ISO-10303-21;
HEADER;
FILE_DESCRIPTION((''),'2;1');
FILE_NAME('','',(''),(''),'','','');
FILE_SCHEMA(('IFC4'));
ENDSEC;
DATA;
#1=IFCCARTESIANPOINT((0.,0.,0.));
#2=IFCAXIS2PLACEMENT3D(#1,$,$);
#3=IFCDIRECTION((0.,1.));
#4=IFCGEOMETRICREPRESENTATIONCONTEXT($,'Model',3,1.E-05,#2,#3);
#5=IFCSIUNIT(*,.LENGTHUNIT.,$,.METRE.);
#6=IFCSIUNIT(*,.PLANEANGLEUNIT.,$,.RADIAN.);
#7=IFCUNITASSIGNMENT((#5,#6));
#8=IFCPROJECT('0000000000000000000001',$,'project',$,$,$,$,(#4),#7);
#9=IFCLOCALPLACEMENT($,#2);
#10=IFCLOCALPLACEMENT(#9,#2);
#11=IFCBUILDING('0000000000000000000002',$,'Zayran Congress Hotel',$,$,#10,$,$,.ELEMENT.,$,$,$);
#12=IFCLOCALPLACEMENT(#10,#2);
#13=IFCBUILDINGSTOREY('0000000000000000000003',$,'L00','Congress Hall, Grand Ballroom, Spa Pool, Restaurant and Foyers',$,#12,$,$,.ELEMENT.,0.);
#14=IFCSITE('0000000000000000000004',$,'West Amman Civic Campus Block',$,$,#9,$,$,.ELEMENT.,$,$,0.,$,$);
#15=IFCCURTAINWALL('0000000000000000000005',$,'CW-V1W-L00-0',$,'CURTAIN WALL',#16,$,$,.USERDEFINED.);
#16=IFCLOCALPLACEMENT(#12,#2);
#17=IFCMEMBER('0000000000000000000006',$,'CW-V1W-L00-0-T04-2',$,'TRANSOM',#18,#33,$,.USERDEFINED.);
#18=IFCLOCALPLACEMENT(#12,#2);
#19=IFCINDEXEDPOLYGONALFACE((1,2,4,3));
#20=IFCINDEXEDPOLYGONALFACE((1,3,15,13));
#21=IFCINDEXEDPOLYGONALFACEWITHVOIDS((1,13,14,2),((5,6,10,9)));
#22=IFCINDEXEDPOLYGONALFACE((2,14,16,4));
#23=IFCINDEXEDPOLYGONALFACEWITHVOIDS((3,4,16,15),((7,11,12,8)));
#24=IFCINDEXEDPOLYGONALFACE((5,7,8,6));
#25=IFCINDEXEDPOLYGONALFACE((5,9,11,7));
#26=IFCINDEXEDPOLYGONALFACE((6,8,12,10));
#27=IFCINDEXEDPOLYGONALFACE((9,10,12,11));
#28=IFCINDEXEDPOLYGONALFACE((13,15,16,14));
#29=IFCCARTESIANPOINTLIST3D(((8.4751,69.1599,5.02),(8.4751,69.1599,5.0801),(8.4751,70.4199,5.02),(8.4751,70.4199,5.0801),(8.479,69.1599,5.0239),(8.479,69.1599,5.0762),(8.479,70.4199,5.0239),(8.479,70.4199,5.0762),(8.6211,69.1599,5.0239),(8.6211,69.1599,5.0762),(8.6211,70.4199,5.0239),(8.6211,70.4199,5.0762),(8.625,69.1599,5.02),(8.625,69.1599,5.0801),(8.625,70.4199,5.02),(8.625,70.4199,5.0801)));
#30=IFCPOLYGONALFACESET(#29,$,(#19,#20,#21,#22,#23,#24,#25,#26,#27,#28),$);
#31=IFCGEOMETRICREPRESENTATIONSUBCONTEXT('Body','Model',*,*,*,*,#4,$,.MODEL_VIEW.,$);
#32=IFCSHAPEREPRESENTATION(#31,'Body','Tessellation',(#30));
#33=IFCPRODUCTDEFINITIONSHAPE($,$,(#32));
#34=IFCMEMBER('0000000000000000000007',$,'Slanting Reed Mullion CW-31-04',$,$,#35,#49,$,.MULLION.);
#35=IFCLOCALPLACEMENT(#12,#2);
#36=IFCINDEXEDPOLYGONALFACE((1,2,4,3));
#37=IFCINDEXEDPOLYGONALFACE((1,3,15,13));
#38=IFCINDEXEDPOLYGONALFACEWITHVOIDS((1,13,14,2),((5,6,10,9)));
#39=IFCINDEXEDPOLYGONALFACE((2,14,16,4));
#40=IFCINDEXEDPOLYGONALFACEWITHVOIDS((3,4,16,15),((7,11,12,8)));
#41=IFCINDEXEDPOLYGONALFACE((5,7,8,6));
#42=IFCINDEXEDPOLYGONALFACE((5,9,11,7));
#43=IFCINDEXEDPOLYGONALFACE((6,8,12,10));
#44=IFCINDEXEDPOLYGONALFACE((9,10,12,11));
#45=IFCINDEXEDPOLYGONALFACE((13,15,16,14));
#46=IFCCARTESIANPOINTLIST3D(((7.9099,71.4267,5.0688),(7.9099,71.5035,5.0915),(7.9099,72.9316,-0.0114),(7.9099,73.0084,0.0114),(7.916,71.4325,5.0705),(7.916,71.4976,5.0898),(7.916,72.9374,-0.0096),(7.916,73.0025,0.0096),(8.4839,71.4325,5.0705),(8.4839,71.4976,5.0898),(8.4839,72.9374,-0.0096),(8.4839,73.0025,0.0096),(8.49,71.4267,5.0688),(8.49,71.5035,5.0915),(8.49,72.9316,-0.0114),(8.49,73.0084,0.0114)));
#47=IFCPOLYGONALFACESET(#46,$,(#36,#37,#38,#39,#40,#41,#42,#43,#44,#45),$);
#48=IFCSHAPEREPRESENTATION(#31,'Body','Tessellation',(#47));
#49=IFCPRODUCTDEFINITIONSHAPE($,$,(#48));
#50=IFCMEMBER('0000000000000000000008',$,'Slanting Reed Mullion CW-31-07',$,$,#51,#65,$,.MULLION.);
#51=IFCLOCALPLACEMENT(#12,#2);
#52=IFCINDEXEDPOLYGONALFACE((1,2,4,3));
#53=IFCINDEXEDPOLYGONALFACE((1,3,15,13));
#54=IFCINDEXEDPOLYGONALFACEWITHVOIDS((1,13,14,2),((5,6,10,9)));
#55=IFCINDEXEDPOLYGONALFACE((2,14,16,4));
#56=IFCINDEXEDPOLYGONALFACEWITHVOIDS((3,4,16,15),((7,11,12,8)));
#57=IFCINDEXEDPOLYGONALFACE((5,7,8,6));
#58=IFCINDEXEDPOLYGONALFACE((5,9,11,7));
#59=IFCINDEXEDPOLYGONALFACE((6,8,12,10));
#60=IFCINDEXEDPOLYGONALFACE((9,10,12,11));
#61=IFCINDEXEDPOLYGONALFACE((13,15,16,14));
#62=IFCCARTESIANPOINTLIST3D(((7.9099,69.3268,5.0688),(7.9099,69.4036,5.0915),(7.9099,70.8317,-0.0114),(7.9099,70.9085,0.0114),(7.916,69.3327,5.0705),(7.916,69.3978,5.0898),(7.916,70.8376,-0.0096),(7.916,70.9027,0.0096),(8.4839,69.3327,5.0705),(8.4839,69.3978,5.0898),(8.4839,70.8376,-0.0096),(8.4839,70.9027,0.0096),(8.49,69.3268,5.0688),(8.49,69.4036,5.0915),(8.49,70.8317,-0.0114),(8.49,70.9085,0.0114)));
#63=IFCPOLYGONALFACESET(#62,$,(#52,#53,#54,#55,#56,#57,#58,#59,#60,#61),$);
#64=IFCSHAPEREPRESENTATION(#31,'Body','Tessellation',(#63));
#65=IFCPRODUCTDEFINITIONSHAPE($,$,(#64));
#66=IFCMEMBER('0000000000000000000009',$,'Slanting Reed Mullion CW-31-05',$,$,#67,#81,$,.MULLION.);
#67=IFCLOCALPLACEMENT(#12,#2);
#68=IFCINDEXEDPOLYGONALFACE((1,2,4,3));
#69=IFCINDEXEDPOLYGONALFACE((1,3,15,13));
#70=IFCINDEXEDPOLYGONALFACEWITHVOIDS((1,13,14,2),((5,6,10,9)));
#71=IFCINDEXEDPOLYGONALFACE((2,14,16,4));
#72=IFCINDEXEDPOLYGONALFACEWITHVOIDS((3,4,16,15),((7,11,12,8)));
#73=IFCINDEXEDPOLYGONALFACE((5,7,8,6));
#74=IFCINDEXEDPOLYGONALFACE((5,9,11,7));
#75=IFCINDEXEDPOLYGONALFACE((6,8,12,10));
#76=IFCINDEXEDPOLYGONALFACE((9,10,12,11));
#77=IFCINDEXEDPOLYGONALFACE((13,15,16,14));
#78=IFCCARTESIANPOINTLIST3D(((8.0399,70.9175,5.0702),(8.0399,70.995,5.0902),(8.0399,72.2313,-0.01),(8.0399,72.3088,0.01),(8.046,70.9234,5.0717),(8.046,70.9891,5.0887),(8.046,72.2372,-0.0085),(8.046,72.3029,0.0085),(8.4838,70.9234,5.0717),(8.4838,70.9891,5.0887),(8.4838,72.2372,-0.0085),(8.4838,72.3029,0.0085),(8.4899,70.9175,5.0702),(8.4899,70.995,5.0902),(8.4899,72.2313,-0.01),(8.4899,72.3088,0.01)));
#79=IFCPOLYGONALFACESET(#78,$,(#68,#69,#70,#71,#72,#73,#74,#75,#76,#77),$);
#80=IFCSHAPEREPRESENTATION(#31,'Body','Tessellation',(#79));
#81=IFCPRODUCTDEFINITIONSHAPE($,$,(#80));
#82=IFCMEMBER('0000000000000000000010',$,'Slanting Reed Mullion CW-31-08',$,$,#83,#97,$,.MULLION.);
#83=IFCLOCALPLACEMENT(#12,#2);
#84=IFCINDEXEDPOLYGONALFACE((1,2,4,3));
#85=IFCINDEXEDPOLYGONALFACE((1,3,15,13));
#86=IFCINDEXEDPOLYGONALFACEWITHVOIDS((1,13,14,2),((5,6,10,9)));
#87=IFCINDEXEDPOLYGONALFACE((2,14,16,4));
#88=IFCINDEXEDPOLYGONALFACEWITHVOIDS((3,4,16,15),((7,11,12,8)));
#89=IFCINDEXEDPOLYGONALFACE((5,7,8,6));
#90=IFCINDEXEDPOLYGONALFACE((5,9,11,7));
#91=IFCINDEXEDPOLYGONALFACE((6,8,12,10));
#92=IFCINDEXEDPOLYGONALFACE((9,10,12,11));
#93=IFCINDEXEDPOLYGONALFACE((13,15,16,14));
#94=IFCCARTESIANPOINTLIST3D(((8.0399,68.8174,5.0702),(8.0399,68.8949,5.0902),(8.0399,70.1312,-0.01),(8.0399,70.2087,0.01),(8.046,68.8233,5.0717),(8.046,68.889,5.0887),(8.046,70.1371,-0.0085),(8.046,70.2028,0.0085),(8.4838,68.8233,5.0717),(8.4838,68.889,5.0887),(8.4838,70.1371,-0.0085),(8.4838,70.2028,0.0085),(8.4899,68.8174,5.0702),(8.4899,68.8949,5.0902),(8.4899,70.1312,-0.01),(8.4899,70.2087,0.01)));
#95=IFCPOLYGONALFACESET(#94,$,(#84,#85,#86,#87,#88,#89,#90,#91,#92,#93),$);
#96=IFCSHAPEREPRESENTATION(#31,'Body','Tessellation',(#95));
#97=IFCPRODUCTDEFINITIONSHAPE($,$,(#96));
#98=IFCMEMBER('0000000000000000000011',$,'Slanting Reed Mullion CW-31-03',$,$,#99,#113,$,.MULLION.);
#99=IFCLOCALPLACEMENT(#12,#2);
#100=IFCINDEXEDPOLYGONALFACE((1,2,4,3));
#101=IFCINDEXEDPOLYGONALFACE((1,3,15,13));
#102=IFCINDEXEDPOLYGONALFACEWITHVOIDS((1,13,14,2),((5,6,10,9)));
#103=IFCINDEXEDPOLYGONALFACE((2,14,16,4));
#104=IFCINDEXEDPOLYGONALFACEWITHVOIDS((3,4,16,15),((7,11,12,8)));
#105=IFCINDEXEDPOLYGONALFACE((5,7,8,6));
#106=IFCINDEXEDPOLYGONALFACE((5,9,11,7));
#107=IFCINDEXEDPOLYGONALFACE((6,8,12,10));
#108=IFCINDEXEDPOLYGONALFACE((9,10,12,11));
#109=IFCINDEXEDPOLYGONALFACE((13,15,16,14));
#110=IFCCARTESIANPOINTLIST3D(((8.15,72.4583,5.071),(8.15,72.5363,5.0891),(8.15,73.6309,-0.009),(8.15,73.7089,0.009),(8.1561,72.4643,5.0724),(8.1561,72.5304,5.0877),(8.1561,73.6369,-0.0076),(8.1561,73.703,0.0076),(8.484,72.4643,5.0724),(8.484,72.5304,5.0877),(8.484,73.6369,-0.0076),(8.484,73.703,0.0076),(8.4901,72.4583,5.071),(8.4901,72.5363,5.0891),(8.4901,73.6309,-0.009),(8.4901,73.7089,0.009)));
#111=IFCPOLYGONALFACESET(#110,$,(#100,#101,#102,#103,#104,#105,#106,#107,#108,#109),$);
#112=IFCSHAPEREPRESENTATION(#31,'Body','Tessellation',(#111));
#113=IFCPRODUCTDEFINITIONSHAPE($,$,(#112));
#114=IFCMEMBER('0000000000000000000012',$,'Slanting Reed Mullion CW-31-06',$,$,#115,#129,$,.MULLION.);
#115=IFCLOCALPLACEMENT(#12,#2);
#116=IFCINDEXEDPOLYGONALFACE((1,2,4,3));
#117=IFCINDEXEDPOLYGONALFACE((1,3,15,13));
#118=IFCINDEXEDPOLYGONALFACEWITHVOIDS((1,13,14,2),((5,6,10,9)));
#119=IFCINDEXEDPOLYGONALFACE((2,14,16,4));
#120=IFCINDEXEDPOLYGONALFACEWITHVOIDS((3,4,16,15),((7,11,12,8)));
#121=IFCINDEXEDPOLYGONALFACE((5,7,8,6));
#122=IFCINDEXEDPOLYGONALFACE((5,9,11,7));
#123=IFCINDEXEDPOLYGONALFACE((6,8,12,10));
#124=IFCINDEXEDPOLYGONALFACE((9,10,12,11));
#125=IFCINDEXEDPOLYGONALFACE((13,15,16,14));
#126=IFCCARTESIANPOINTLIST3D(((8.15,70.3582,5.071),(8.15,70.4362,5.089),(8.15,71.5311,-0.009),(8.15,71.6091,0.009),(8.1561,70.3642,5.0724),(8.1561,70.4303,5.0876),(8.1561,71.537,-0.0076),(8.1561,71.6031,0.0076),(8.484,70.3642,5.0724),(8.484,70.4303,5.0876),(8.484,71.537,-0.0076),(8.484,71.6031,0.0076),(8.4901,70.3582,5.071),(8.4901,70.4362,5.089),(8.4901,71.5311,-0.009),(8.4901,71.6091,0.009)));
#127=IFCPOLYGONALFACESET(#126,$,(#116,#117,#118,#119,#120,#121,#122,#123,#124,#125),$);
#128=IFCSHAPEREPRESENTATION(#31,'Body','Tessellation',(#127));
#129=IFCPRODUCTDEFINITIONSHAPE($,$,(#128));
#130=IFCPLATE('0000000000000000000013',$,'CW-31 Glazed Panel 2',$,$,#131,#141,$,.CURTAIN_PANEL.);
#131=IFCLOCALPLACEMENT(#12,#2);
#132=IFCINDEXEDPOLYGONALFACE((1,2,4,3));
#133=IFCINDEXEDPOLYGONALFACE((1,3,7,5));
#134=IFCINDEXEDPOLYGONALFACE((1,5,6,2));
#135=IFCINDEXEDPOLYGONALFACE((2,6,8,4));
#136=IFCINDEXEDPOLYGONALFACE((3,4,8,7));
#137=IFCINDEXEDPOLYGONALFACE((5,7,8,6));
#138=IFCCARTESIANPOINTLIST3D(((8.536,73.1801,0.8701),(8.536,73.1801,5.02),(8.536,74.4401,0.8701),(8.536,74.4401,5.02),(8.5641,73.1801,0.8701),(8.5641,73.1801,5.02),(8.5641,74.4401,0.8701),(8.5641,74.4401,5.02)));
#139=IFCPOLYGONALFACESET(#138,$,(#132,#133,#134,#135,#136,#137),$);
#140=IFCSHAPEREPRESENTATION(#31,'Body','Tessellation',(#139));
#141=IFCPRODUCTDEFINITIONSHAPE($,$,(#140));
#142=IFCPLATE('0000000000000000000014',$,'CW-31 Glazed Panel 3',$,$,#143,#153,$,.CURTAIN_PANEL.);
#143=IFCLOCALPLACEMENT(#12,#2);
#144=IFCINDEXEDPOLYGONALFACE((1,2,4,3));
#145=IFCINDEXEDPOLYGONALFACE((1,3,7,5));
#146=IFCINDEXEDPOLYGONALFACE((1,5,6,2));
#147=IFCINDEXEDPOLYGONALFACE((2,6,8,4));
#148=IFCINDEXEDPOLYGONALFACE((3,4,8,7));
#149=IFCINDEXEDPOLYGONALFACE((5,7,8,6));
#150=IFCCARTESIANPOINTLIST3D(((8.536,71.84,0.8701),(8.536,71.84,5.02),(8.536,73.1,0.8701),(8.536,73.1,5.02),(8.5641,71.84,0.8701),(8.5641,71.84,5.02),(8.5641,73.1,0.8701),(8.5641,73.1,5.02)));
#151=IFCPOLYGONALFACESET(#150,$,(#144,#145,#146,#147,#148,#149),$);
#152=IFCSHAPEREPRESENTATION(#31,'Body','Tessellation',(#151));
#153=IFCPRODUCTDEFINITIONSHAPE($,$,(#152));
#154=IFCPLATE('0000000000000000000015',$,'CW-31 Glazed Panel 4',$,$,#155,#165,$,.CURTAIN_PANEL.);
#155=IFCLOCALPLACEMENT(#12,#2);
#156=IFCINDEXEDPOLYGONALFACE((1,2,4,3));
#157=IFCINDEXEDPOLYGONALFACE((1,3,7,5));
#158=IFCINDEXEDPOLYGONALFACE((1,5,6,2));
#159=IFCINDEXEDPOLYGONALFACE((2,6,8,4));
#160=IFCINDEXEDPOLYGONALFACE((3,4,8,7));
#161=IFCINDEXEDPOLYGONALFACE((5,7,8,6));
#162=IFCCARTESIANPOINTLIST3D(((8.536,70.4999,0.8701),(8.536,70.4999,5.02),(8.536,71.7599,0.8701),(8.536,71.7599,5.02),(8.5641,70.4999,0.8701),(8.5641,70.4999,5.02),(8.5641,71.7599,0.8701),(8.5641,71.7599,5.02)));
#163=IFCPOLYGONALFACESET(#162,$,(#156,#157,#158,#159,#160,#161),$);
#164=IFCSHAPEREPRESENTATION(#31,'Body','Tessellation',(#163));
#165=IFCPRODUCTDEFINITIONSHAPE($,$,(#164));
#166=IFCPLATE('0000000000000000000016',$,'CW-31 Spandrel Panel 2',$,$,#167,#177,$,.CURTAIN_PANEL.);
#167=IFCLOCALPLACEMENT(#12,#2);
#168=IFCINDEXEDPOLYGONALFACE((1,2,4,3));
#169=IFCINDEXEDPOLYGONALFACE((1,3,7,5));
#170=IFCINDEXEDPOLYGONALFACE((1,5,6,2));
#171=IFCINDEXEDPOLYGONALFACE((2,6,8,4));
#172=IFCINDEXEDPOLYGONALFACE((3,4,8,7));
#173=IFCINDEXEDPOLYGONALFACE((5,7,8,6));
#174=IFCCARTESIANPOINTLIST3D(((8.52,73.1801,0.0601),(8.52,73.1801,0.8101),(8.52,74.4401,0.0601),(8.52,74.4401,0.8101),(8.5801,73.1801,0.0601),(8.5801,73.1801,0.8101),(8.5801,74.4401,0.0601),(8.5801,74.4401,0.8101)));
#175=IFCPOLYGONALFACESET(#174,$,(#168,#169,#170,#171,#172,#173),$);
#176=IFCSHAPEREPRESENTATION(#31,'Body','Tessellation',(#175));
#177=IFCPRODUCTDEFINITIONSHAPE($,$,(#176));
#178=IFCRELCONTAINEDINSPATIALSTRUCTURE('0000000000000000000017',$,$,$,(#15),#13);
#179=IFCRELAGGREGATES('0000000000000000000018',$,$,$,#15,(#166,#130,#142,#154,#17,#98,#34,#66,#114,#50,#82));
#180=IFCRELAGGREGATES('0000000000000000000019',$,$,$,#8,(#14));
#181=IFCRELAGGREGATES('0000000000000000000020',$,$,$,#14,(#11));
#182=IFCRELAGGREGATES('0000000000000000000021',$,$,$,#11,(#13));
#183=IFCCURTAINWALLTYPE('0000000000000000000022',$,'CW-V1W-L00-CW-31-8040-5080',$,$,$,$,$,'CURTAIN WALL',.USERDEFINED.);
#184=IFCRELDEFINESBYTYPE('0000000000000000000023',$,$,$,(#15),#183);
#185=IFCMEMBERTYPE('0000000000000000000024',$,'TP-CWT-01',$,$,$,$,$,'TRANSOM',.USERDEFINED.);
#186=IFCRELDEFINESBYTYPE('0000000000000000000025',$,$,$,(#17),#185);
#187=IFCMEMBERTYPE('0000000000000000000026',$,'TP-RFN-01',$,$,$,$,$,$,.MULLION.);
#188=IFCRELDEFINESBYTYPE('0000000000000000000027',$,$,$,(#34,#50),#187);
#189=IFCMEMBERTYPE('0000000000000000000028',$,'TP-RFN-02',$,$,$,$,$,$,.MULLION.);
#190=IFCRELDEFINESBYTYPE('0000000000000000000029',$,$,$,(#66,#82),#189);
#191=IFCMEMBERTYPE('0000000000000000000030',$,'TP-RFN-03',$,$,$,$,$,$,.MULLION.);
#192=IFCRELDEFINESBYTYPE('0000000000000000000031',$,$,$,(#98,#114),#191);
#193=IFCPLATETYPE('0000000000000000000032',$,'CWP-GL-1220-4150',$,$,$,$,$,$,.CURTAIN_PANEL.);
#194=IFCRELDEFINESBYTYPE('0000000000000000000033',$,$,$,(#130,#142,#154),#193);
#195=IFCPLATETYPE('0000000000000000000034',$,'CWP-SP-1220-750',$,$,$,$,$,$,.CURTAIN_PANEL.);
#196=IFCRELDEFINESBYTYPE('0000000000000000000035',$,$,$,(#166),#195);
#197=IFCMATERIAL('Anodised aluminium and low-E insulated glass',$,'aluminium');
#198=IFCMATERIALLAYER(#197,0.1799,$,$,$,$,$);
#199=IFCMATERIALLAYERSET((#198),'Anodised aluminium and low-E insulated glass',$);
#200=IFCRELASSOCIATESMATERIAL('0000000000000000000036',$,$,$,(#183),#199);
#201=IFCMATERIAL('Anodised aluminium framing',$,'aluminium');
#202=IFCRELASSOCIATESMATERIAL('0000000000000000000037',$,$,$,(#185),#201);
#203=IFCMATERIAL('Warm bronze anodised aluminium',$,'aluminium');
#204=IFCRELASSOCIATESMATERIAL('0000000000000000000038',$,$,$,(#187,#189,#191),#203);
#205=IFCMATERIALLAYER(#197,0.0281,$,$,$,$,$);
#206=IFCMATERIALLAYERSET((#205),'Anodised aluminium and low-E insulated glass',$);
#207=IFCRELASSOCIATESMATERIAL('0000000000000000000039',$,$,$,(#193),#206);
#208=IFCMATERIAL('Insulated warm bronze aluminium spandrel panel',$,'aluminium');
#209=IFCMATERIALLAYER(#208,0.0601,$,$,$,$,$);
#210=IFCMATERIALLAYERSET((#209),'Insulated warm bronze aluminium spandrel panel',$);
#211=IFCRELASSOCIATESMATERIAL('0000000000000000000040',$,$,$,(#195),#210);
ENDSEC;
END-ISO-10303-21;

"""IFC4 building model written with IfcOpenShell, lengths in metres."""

from ifc_helpers import new_model, si_unit, direction, frame, origin, origin_2d, place, context, subcontext, project, spatial, rectangle, hollow_rectangle, extrude, material, layer, layer_set, material_profile, profile_set, type_object, element, aggregate, save


model = new_model("IFC4")

# Units and contexts
model_context = context("Model", 3, precision=1e-05, world=origin(), true_north=direction((0.0, 1.0)))
body_context = subcontext(model_context, "Body", "Model", "MODEL_VIEW")
ifc_project = project(units=[si_unit("LENGTHUNIT", "METRE"), si_unit("PLANEANGLEUNIT", "RADIAN")], contexts=[model_context])

# Site, building, storey
site_placement = place(None, origin())
site = spatial("IfcSite", under=ifc_project, at=site_placement, Name="West Amman Civic Campus Block", CompositionType="ELEMENT", RefElevation=0.0)
building_placement = place(site_placement, origin())
building = spatial("IfcBuilding", under=site, at=building_placement, Name="Zayran Congress Hotel", CompositionType="ELEMENT")
storey_placement = place(building_placement, origin())
storey = spatial("IfcBuildingStorey", under=building, at=storey_placement, Name="L00", Description="Congress Hall, Grand Ballroom, Spa Pool, Restaurant and Foyers", CompositionType="ELEMENT", Elevation=0.0)

# Curtain wall, members, plates
ifc_material_1 = material(Name="Anodised aluminium and low-E insulated glass", Category="aluminium")
ifc_layer_1 = layer(ifc_material_1, 0.1799)
ifc_layer_set_1 = layer_set([ifc_layer_1], Name="Anodised aluminium and low-E insulated glass")
curtain_wall_type = type_object("IfcCurtainWallType", Name="CW-V1W-L00-CW-31-8040-5080", ElementType="CURTAIN WALL", PredefinedType="USERDEFINED", material=ifc_layer_set_1)
curtain_wall_placement = place(storey_placement, origin())
curtain_wall = element("IfcCurtainWall", 1, at=curtain_wall_placement, inside=storey, type_object=curtain_wall_type, Name="CW-V1W-L00-0", ObjectType="CURTAIN WALL", PredefinedType="USERDEFINED")
ifc_material_2 = material(Name="Anodised aluminium framing", Category="aluminium")
ifc_material_profile_1 = material_profile(ifc_material_2, hollow_rectangle(XDim=0.0601, YDim=0.1499, WallThickness=0.0039, at=origin_2d()), Name="RHS 150x60x4")
ifc_profile_set_1 = profile_set([ifc_material_profile_1], Name="Anodised aluminium framing")
member_type_1 = type_object("IfcMemberType", Name="TP-CWT-01", ElementType="TRANSOM", PredefinedType="USERDEFINED", material=ifc_profile_set_1)
member_1_placement = place(storey_placement, frame((8.55, 70.4199, 5.05), z_axis=(0.0, -1.0, 0.0), x_axis=(0.0, 0.0, 1.0)))
member_1 = element("IfcMember", 2, at=member_1_placement, type_object=member_type_1, Name="CW-V1W-L00-0-T04-2", ObjectType="TRANSOM", PredefinedType="USERDEFINED", context=body_context, shape_type="SweptSolid", body=[
    extrude(hollow_rectangle(XDim=0.0601, YDim=0.1499, WallThickness=0.0039, at=origin_2d()), origin(), (0.0, 0.0, 1.0), 1.26),
])
ifc_material_3 = material(Name="Warm bronze anodised aluminium", Category="aluminium")
ifc_material_profile_2 = material_profile(ifc_material_3, hollow_rectangle(XDim=0.0801, YDim=0.5801, WallThickness=0.0061, at=origin_2d()), Name="RHS 580x80x6")
ifc_profile_set_2 = profile_set([ifc_material_profile_2], Name="Warm bronze anodised aluminium")
member_type_2 = type_object("IfcMemberType", Name="TP-RFN-01", PredefinedType="MULLION", material=ifc_profile_set_2)
member_2_placement = place(storey_placement, frame((8.2, 72.97, 0.0), z_axis=(0.0, -0.284032, 0.958815), x_axis=(0.0, 0.958815, 0.284032)))
member_2 = element("IfcMember", 3, at=member_2_placement, type_object=member_type_2, Name="Slanting Reed Mullion CW-31-04", PredefinedType="MULLION", context=body_context, shape_type="SweptSolid", body=[
    extrude(hollow_rectangle(XDim=0.0801, YDim=0.5801, WallThickness=0.0061, at=origin_2d()), origin(), (0.0, 0.0, 1.0), 5.2983),
])
member_3_placement = place(storey_placement, frame((8.2, 70.8701, 0.0), z_axis=(0.0, -0.284032, 0.958815), x_axis=(0.0, 0.958815, 0.284032)))
member_3 = element("IfcMember", 4, at=member_3_placement, type_object=member_type_2, Name="Slanting Reed Mullion CW-31-07", PredefinedType="MULLION", context=body_context, shape_type="SweptSolid", body=[
    extrude(hollow_rectangle(XDim=0.0801, YDim=0.5801, WallThickness=0.0061, at=origin_2d()), origin(), (0.0, 0.0, 1.0), 5.2983),
])
ifc_material_profile_3 = material_profile(ifc_material_3, hollow_rectangle(XDim=0.0801, YDim=0.45, WallThickness=0.0061, at=origin_2d()), Name="RHS 450x80x6")
ifc_profile_set_3 = profile_set([ifc_material_profile_3], Name="Warm bronze anodised aluminium")
member_type_3 = type_object("IfcMemberType", Name="TP-RFN-02", PredefinedType="MULLION", material=ifc_profile_set_3)
member_4_placement = place(storey_placement, frame((8.2649, 72.27, 0.0), z_axis=(0.0, -0.250366, 0.968151), x_axis=(0.0, 0.968151, 0.250366)))
member_4 = element("IfcMember", 5, at=member_4_placement, type_object=member_type_3, Name="Slanting Reed Mullion CW-31-05", PredefinedType="MULLION", context=body_context, shape_type="SweptSolid", body=[
    extrude(hollow_rectangle(XDim=0.0801, YDim=0.45, WallThickness=0.0061, at=origin_2d()), origin(), (0.0, 0.0, 1.0), 5.2473),
])
member_5_placement = place(storey_placement, frame((8.2649, 70.1699, 0.0), z_axis=(0.0, -0.250366, 0.968151), x_axis=(0.0, 0.968151, 0.250366)))
member_5 = element("IfcMember", 6, at=member_5_placement, type_object=member_type_3, Name="Slanting Reed Mullion CW-31-08", PredefinedType="MULLION", context=body_context, shape_type="SweptSolid", body=[
    extrude(hollow_rectangle(XDim=0.0801, YDim=0.45, WallThickness=0.0061, at=origin_2d()), origin(), (0.0, 0.0, 1.0), 5.2473),
])
ifc_material_profile_4 = material_profile(ifc_material_3, hollow_rectangle(XDim=0.0801, YDim=0.3401, WallThickness=0.0061, at=origin_2d()), Name="RHS 340x80x6")
ifc_profile_set_4 = profile_set([ifc_material_profile_4], Name="Warm bronze anodised aluminium")
member_type_4 = type_object("IfcMemberType", Name="TP-RFN-03", PredefinedType="MULLION", material=ifc_profile_set_4)
member_6_placement = place(storey_placement, frame((8.3201, 73.6699, 0.0), z_axis=(0.0, -0.224911, 0.974379), x_axis=(0.0, 0.974379, 0.224911)))
member_6 = element("IfcMember", 7, at=member_6_placement, type_object=member_type_4, Name="Slanting Reed Mullion CW-31-03", PredefinedType="MULLION", context=body_context, shape_type="SweptSolid", body=[
    extrude(hollow_rectangle(XDim=0.0801, YDim=0.3401, WallThickness=0.0061, at=origin_2d()), origin(), (0.0, 0.0, 1.0), 5.2136),
])
member_7_placement = place(storey_placement, frame((8.3201, 71.5701, 0.0), z_axis=(0.0, -0.224955, 0.974369), x_axis=(0.0, 0.974369, 0.224955)))
member_7 = element("IfcMember", 8, at=member_7_placement, type_object=member_type_4, Name="Slanting Reed Mullion CW-31-06", PredefinedType="MULLION", context=body_context, shape_type="SweptSolid", body=[
    extrude(hollow_rectangle(XDim=0.0801, YDim=0.3401, WallThickness=0.0061, at=origin_2d()), origin(), (0.0, 0.0, 1.0), 5.2136),
])
ifc_layer_2 = layer(ifc_material_1, 0.0281)
ifc_layer_set_2 = layer_set([ifc_layer_2], Name="Anodised aluminium and low-E insulated glass")
plate_type_1 = type_object("IfcPlateType", Name="CWP-GL-1220-4150", PredefinedType="CURTAIN_PANEL", material=ifc_layer_set_2)
plate_1_placement = place(storey_placement, frame((8.55, 73.8101, 0.8701), z_axis=(0.0, 0.0, 1.0), x_axis=(0.0, 1.0, 0.0)))
plate_1 = element("IfcPlate", 9, at=plate_1_placement, type_object=plate_type_1, Name="CW-31 Glazed Panel 2", PredefinedType="CURTAIN_PANEL", context=body_context, shape_type="SweptSolid", body=[
    extrude(rectangle(XDim=1.26, YDim=0.0281, at=origin_2d()), origin(), (0.0, 0.0, 1.0), 4.1499),
])
plate_2_placement = place(storey_placement, frame((8.55, 72.47, 0.8701), z_axis=(0.0, 0.0, 1.0), x_axis=(0.0, 1.0, 0.0)))
plate_2 = element("IfcPlate", 10, at=plate_2_placement, type_object=plate_type_1, Name="CW-31 Glazed Panel 3", PredefinedType="CURTAIN_PANEL", context=body_context, shape_type="SweptSolid", body=[
    extrude(rectangle(XDim=1.26, YDim=0.0281, at=origin_2d()), origin(), (0.0, 0.0, 1.0), 4.1499),
])
plate_3_placement = place(storey_placement, frame((8.55, 71.1299, 0.8701), z_axis=(0.0, 0.0, 1.0), x_axis=(0.0, 1.0, 0.0)))
plate_3 = element("IfcPlate", 11, at=plate_3_placement, type_object=plate_type_1, Name="CW-31 Glazed Panel 4", PredefinedType="CURTAIN_PANEL", context=body_context, shape_type="SweptSolid", body=[
    extrude(rectangle(XDim=1.26, YDim=0.0281, at=origin_2d()), origin(), (0.0, 0.0, 1.0), 4.1499),
])
ifc_material_4 = material(Name="Insulated warm bronze aluminium spandrel panel", Category="aluminium")
ifc_layer_3 = layer(ifc_material_4, 0.0601)
ifc_layer_set_3 = layer_set([ifc_layer_3], Name="Insulated warm bronze aluminium spandrel panel")
plate_type_2 = type_object("IfcPlateType", Name="CWP-SP-1220-750", PredefinedType="CURTAIN_PANEL", material=ifc_layer_set_3)
plate_4_placement = place(storey_placement, frame((8.55, 73.8101, 0.0601), z_axis=(0.0, 0.0, 1.0), x_axis=(0.0, 1.0, 0.0)))
plate_4 = element("IfcPlate", 12, at=plate_4_placement, type_object=plate_type_2, Name="CW-31 Spandrel Panel 2", PredefinedType="CURTAIN_PANEL", context=body_context, shape_type="SweptSolid", body=[
    extrude(rectangle(XDim=1.26, YDim=0.0601, at=origin_2d()), origin(), (0.0, 0.0, 1.0), 0.75),
])
aggregate(curtain_wall, [plate_4, plate_1, plate_2, plate_3, member_1, member_6, member_2, member_4, member_7, member_3, member_5])

save(model, "model.ifc")
